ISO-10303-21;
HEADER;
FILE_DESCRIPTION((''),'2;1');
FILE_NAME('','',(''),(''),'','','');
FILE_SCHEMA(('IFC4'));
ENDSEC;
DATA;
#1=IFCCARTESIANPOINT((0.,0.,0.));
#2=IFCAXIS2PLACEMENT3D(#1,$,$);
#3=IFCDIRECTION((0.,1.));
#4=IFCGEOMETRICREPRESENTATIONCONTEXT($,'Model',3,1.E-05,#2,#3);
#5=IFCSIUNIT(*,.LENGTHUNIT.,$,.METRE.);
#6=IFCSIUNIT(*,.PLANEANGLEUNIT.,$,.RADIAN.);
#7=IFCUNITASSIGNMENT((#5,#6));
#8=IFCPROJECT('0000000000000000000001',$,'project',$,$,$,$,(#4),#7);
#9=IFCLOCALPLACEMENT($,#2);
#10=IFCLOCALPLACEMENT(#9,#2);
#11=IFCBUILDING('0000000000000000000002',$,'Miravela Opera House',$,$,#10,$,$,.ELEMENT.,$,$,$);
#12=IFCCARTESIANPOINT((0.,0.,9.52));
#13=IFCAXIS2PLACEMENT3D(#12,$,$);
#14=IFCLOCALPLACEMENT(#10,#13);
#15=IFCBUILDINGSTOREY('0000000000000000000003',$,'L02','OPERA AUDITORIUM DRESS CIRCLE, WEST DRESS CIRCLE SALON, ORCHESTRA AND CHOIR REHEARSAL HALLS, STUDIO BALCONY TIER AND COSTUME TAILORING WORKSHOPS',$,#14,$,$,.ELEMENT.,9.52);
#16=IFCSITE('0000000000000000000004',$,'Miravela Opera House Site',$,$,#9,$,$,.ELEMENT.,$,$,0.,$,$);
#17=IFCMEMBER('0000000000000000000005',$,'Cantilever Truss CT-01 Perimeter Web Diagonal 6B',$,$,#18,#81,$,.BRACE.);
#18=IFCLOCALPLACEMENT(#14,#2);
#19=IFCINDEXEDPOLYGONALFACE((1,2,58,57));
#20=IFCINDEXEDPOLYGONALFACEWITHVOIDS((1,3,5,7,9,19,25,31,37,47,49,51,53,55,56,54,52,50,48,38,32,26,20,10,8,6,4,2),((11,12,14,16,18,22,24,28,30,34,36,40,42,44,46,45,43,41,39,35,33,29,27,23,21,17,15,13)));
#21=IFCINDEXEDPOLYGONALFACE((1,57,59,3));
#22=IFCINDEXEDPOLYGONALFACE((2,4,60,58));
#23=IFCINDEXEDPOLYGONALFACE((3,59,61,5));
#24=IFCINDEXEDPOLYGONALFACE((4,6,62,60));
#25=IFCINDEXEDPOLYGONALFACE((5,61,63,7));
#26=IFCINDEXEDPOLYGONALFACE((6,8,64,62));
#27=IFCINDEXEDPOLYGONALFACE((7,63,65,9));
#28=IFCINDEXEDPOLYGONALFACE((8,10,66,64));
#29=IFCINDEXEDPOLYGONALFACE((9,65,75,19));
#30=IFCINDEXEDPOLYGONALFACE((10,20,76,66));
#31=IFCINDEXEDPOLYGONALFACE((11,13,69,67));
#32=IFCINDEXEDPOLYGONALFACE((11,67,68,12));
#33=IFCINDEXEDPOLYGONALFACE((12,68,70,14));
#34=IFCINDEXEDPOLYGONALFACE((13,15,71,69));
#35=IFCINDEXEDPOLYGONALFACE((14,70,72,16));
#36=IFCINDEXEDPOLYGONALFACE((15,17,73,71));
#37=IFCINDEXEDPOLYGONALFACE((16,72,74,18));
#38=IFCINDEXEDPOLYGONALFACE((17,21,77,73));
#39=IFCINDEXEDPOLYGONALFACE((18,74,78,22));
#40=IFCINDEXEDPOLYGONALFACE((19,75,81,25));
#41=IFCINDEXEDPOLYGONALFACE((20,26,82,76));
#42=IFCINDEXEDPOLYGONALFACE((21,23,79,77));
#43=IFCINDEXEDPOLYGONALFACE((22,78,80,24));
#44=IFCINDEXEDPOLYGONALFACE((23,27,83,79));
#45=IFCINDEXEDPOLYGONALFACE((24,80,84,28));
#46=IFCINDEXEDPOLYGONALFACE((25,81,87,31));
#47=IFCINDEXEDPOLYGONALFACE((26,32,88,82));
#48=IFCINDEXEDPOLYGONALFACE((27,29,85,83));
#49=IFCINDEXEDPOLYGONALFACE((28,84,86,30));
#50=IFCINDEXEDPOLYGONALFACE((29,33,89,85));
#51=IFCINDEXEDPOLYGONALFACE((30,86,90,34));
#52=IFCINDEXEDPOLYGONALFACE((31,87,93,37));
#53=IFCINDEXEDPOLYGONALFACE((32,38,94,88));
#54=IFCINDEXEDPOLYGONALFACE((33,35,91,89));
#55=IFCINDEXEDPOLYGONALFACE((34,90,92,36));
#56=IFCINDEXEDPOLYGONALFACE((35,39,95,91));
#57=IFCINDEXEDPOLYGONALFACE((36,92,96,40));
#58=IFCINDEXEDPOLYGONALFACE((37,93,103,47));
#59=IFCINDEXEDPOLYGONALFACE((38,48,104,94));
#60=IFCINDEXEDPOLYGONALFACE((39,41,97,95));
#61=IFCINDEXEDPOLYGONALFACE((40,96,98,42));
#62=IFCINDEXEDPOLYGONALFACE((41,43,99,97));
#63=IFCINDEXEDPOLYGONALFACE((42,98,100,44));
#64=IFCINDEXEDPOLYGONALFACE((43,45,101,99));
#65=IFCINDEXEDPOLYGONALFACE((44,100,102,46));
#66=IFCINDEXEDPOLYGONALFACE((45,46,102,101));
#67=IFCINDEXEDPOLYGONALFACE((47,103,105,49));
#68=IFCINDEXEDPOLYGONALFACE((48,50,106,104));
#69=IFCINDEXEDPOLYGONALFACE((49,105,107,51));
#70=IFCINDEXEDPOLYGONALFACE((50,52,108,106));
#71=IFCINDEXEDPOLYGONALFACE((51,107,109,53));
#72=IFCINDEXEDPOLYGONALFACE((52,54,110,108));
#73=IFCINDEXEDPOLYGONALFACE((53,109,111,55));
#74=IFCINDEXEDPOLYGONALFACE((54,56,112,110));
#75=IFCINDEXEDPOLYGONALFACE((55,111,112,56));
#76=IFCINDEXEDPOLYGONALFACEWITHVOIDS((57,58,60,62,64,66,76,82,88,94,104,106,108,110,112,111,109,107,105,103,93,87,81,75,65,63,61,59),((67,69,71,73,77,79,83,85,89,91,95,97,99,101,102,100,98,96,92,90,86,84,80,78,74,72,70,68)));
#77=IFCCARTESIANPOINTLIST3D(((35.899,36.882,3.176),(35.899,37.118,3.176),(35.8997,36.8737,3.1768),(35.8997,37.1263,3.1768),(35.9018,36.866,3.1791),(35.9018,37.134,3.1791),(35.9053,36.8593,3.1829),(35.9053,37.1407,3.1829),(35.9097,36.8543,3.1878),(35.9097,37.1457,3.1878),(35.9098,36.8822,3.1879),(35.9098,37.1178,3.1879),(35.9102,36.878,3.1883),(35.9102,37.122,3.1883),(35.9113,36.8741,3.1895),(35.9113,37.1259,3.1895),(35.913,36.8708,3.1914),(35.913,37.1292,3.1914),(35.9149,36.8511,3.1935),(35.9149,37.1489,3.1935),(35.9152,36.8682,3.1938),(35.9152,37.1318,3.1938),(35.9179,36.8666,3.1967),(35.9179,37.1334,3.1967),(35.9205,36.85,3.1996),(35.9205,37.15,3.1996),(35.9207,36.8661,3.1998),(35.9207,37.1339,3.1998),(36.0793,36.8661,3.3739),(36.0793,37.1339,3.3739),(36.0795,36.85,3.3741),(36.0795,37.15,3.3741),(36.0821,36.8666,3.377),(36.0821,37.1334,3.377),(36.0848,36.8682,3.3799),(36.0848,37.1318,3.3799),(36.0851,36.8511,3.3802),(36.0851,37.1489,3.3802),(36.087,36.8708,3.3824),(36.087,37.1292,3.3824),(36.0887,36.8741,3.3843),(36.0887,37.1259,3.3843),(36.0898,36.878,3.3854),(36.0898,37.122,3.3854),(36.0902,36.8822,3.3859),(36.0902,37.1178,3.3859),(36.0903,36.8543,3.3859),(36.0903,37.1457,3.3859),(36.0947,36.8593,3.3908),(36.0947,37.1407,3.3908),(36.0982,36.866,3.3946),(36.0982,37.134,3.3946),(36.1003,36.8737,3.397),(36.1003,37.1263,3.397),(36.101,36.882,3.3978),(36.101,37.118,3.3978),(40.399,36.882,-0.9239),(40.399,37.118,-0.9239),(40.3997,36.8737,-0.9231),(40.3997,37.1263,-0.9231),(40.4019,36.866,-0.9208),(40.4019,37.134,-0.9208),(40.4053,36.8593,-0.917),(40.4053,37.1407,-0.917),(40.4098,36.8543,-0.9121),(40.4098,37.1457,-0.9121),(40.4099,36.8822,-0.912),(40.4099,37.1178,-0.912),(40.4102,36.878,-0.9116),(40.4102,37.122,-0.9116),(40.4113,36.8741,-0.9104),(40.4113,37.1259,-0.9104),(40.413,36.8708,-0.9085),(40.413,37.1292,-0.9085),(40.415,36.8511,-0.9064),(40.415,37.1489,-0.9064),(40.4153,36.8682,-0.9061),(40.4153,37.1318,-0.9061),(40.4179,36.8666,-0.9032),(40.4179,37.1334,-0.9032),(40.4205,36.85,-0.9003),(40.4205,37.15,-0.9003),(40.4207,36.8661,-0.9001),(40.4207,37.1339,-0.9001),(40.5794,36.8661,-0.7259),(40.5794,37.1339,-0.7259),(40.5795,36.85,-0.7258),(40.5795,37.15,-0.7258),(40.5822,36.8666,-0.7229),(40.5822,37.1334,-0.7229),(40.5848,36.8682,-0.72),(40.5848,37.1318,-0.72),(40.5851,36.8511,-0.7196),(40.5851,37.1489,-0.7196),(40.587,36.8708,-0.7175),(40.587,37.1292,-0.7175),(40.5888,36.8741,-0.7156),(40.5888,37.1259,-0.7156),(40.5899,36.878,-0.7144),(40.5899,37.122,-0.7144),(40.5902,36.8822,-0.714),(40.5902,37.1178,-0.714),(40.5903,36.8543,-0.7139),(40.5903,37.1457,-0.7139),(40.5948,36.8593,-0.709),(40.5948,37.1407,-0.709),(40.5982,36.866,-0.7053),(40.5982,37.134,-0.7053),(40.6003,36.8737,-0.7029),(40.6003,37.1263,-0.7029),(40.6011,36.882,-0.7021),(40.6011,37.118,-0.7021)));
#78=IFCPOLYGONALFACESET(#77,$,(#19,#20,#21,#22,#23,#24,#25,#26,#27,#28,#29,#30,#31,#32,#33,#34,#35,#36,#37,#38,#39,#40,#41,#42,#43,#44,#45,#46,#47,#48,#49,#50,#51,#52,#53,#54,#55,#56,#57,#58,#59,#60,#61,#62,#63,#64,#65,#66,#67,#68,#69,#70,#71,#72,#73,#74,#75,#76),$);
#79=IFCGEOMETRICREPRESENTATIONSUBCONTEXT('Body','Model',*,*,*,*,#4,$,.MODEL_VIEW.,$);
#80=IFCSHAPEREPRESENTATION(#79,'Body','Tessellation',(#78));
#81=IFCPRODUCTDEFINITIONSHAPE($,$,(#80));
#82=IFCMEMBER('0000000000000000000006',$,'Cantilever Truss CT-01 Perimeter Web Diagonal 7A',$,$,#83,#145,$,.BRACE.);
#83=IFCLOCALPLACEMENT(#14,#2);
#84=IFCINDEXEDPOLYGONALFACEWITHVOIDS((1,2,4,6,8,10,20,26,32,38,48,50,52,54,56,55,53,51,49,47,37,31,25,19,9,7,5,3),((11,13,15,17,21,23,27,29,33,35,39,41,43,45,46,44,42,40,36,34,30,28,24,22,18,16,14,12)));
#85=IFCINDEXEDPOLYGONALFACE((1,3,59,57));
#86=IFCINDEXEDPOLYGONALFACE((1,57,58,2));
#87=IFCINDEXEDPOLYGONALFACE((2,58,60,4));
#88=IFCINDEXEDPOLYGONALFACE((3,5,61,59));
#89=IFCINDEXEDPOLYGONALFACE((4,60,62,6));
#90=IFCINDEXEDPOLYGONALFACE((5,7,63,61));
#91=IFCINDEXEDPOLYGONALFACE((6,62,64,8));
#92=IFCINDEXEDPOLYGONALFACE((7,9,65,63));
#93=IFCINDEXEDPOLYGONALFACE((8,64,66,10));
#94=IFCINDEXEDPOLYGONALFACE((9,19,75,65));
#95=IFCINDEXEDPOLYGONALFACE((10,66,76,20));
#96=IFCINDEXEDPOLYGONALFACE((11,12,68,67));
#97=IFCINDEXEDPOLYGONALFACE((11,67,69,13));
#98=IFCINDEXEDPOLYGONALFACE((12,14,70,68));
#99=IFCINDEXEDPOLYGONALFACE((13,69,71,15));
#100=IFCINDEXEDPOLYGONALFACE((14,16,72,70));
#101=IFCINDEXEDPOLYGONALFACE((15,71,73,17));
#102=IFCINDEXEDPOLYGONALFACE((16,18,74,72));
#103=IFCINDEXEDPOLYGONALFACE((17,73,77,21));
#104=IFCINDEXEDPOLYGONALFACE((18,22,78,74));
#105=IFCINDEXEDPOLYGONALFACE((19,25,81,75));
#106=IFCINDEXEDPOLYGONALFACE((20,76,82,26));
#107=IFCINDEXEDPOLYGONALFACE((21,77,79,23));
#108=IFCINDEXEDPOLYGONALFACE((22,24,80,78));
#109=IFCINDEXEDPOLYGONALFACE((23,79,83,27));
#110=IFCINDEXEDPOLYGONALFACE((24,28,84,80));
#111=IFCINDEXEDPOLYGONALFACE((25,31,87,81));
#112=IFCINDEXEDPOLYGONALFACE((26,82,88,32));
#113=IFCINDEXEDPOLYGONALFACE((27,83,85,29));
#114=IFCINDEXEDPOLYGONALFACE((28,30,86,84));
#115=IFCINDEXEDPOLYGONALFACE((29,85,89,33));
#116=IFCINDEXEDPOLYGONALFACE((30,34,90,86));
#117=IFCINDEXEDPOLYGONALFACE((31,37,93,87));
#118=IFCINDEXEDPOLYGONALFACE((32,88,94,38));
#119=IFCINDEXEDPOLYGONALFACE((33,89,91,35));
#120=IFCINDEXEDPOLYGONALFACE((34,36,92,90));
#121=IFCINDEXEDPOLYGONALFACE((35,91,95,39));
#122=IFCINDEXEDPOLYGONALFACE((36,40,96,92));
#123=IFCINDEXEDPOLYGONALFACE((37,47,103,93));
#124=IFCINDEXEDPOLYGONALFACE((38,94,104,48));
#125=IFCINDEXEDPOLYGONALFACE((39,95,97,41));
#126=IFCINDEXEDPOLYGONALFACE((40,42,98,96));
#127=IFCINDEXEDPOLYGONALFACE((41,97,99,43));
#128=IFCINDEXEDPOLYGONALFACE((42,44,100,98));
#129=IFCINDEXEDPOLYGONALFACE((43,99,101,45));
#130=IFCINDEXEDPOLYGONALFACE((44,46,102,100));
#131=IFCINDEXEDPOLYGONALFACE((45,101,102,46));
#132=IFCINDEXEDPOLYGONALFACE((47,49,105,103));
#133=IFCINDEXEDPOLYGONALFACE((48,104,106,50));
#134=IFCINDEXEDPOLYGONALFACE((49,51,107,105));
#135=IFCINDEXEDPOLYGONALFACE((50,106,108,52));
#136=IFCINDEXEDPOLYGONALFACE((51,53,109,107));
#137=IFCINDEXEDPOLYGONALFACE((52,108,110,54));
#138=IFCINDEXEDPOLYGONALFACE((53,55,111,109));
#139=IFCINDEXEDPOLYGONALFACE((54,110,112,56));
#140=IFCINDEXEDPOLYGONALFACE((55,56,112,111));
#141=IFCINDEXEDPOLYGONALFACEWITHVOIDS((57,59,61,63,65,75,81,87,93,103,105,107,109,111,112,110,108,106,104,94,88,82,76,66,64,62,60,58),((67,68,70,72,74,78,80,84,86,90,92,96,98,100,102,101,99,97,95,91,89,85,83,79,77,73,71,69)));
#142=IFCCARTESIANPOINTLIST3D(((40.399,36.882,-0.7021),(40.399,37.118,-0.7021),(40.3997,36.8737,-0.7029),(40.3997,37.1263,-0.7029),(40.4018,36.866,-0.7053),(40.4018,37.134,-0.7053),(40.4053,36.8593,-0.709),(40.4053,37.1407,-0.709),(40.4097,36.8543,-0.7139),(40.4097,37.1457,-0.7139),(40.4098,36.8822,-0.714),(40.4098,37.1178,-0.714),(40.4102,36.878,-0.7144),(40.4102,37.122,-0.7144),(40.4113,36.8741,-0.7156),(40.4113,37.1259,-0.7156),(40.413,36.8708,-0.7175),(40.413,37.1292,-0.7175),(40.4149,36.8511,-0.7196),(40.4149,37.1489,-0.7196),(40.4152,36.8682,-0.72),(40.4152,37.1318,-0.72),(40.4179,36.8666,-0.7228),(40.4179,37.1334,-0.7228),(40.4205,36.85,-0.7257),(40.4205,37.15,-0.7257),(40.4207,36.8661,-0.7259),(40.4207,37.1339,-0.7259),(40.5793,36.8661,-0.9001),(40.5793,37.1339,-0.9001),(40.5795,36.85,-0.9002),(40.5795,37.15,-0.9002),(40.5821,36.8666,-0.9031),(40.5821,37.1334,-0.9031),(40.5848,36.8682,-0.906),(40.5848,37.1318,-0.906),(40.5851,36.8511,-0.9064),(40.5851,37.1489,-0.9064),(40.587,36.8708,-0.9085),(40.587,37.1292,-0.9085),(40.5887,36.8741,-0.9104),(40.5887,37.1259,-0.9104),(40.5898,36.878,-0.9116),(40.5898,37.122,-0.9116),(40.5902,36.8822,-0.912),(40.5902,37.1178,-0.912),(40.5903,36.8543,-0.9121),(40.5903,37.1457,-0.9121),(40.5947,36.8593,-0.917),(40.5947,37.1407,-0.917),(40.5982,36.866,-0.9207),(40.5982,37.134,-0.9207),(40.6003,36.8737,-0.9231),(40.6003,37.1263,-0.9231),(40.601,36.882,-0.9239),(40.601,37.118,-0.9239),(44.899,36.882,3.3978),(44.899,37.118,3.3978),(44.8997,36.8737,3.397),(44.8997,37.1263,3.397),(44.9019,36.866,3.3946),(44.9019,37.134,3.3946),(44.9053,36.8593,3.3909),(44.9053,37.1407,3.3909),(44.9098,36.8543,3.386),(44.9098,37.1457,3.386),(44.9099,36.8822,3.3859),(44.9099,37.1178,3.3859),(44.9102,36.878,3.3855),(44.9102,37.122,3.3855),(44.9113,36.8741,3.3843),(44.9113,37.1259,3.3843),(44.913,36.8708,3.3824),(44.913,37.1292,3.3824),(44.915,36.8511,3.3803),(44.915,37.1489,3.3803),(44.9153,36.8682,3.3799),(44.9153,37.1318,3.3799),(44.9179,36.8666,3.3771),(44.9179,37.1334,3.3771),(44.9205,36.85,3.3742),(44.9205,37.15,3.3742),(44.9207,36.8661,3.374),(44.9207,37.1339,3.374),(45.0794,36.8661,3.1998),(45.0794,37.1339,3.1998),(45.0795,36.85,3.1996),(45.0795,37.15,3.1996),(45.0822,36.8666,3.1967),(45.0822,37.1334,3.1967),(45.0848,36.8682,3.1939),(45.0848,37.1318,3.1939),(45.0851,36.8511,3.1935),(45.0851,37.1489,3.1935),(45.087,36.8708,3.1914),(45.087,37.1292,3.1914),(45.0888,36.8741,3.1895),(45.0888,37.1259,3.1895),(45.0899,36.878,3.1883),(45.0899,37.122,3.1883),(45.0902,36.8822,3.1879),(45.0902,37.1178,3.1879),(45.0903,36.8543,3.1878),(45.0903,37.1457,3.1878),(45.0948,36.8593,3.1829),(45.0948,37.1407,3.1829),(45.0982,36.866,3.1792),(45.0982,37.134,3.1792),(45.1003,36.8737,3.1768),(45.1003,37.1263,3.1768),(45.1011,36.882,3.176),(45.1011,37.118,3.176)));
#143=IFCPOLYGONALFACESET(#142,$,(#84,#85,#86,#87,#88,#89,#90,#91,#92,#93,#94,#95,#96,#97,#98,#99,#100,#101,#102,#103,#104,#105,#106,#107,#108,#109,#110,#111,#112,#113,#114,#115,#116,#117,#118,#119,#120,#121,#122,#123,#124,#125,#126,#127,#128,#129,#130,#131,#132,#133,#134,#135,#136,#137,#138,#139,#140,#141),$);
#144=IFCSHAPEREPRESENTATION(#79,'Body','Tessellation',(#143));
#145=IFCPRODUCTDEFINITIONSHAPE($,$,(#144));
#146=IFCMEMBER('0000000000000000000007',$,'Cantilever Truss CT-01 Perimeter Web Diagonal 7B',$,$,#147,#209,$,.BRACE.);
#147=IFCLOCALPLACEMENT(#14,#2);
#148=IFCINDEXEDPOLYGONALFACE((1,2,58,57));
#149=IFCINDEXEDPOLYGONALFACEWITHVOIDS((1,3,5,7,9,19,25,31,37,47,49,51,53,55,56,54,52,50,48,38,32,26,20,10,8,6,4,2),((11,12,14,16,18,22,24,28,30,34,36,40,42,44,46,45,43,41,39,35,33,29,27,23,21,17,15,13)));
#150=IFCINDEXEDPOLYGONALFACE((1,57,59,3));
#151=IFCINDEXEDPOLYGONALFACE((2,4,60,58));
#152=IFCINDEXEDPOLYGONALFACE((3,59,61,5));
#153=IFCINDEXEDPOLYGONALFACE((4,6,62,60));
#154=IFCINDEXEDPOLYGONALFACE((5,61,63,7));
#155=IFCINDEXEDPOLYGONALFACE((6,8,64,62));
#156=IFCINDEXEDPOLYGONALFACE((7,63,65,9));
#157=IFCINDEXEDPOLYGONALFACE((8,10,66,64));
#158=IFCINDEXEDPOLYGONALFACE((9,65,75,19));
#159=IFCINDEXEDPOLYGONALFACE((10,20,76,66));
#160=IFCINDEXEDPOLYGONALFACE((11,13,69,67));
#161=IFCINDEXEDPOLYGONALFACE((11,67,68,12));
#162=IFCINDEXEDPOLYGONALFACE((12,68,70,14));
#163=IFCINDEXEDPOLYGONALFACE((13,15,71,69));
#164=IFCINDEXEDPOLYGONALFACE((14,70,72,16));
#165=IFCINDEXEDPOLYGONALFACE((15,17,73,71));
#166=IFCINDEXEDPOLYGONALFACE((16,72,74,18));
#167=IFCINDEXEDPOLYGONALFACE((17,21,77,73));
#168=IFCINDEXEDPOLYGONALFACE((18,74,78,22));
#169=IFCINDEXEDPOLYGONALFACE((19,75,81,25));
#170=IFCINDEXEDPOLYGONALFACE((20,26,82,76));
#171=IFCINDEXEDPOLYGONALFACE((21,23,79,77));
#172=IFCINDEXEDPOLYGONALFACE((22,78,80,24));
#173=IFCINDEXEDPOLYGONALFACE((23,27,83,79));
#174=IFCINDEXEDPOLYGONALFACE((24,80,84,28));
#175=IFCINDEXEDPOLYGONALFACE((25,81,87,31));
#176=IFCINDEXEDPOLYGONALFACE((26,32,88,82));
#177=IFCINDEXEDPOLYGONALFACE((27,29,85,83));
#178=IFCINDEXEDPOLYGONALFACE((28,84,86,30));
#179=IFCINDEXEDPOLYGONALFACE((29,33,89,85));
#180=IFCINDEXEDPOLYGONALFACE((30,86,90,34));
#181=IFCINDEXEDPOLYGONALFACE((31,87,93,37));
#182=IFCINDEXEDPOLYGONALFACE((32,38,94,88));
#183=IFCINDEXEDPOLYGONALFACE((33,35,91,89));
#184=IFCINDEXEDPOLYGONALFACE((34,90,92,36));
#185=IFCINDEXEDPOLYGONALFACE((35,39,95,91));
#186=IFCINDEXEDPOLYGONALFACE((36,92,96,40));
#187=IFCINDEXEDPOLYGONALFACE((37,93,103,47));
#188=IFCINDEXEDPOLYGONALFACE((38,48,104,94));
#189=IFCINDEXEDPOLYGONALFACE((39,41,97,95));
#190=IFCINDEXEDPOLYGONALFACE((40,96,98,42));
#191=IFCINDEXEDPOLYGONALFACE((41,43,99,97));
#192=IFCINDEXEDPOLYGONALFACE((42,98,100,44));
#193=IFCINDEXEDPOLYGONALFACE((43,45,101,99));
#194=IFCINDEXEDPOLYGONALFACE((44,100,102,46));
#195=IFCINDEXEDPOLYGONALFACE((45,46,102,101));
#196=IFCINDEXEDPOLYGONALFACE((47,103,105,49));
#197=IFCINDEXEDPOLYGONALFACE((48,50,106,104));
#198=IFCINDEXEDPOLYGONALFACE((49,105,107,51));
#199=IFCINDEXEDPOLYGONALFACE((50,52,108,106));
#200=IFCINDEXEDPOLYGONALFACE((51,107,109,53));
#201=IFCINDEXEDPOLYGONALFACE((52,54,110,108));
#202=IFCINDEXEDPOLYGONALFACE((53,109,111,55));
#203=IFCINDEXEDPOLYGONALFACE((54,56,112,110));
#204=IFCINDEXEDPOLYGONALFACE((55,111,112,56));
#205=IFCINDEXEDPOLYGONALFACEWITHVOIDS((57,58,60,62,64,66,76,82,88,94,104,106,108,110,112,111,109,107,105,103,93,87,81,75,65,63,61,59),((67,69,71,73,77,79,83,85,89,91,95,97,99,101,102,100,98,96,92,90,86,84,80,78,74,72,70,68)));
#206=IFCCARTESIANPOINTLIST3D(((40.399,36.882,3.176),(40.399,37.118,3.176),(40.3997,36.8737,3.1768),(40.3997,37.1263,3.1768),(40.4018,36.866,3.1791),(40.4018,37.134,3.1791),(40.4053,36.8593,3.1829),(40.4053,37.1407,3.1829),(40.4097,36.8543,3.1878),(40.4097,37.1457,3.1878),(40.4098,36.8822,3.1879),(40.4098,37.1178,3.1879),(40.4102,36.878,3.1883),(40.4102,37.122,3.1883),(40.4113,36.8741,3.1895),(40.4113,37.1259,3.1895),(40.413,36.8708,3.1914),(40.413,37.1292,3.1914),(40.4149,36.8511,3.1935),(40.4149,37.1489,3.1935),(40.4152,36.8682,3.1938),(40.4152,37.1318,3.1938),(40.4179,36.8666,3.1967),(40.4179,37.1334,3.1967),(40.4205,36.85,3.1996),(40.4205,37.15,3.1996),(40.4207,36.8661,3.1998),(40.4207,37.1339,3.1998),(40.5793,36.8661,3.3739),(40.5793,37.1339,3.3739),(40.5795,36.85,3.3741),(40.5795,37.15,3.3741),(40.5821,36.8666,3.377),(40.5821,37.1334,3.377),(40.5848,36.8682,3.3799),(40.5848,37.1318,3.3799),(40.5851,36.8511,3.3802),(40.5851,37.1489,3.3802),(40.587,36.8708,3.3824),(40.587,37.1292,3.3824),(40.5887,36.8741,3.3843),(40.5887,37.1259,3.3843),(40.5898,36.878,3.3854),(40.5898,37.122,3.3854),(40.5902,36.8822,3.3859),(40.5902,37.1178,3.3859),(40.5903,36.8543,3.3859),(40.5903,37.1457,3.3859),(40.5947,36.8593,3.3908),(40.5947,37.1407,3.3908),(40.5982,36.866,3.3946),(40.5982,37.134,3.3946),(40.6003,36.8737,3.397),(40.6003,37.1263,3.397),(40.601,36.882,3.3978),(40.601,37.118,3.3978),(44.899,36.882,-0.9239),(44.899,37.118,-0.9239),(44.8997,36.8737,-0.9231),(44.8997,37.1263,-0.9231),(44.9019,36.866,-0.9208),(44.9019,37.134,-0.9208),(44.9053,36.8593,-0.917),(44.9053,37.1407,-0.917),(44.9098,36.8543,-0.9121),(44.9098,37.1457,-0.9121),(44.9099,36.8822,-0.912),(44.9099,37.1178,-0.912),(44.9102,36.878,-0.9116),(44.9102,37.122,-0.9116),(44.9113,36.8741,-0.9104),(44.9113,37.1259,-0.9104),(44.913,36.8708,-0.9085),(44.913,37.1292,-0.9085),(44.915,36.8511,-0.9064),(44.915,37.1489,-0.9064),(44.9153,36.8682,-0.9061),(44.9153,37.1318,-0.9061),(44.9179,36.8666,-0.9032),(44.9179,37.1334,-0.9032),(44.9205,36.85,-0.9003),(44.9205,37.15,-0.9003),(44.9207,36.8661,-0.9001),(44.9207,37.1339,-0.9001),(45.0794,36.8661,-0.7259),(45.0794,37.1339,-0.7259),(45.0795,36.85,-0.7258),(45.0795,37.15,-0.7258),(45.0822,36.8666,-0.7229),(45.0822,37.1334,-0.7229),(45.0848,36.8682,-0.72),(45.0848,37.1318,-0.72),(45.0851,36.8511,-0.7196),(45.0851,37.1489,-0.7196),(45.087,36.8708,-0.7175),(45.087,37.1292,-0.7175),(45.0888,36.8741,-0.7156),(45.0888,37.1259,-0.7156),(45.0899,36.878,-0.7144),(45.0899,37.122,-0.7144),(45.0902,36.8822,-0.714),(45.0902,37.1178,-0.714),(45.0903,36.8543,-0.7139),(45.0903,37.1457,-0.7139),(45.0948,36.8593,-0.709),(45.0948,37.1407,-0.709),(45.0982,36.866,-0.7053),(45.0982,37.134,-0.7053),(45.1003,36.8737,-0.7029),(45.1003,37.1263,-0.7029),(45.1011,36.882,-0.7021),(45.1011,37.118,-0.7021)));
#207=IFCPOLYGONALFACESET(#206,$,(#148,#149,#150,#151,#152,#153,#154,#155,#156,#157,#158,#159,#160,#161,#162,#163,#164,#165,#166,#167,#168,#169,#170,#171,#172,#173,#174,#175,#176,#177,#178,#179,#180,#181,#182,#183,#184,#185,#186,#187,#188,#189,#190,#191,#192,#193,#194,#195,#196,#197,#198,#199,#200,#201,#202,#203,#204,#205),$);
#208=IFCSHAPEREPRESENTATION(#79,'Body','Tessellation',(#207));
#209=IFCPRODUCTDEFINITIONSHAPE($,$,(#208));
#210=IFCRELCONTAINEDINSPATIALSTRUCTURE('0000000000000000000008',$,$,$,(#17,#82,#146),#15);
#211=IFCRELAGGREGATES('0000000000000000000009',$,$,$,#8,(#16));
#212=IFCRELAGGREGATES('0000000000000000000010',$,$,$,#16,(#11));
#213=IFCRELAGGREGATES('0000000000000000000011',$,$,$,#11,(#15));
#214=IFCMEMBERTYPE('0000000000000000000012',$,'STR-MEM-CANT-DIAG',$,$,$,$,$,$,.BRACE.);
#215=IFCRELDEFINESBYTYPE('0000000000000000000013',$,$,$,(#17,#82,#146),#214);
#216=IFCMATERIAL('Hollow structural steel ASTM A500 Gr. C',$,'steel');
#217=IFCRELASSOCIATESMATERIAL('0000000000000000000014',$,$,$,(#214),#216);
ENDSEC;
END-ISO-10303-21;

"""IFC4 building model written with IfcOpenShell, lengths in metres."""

from ifc_helpers import new_model, si_unit, direction, frame, origin, origin_2d, place, context, subcontext, project, spatial, hollow_rectangle, extrude, material, material_profile, profile_set, type_object, element, save


model = new_model("IFC4")

# Units and contexts
model_context = context("Model", 3, precision=1e-05, world=origin(), true_north=direction((0.0, 1.0)))
body_context = subcontext(model_context, "Body", "Model", "MODEL_VIEW")
ifc_project = project(units=[si_unit("LENGTHUNIT", "METRE"), si_unit("PLANEANGLEUNIT", "RADIAN")], contexts=[model_context])

# Site, building, storey
site_placement = place(None, origin())
site = spatial("IfcSite", under=ifc_project, at=site_placement, Name="Miravela Opera House Site", CompositionType="ELEMENT", RefElevation=0.0)
building_placement = place(site_placement, origin())
building = spatial("IfcBuilding", under=site, at=building_placement, Name="Miravela Opera House", CompositionType="ELEMENT")
storey_placement = place(building_placement, frame((0.0, 0.0, 9.52)))
storey = spatial("IfcBuildingStorey", under=building, at=storey_placement, Name="L02", Description="OPERA AUDITORIUM DRESS CIRCLE, WEST DRESS CIRCLE SALON, ORCHESTRA AND CHOIR REHEARSAL HALLS, STUDIO BALCONY TIER AND COSTUME TAILORING WORKSHOPS", CompositionType="ELEMENT", Elevation=9.52)

# Members
ifc_material_1 = material(Name="Hollow structural steel ASTM A500 Gr. C", Category="steel")
ifc_material_profile_1 = material_profile(ifc_material_1, hollow_rectangle(XDim=0.3, YDim=0.3, WallThickness=0.0161, InnerFilletRadius=0.0161, OuterFilletRadius=0.032, at=origin_2d()), Name="HSS300X300X16")
ifc_profile_set_1 = profile_set([ifc_material_profile_1])
member_type_1 = type_object("IfcMemberType", Name="STR-MEM-CANT-DIAG", PredefinedType="BRACE", material=ifc_profile_set_1)
for number, where, z_axis, x_axis, name in (
    (1, (36.0, 37.0, 3.2869), (0.739208, 0.0, -0.673477), (0.0, 1.0, 0.0), "Cantilever Truss CT-01 Perimeter Web Diagonal 6B"),
    (2, (40.5, 37.0, -0.813), (0.739208, 0.0, 0.673477), (0.0, 1.0, 0.0), "Cantilever Truss CT-01 Perimeter Web Diagonal 7A"),
    (3, (40.5, 37.0, 3.2869), (0.739208, 0.0, -0.673477), (0.0, 1.0, 0.0), "Cantilever Truss CT-01 Perimeter Web Diagonal 7B"),
):
    element("IfcMember", number, at=place(storey_placement, frame(where, z_axis=z_axis, x_axis=x_axis)), inside=storey, type_object=member_type_1, Name=name, PredefinedType="BRACE", context=body_context, shape_type="SweptSolid", body=[
        extrude(hollow_rectangle(XDim=0.3, YDim=0.3, WallThickness=0.0161, InnerFilletRadius=0.0161, OuterFilletRadius=0.032, at=origin_2d()), origin(), (0.0, 0.0, 1.0), 6.0876),
    ])

save(model, "model.ifc")
